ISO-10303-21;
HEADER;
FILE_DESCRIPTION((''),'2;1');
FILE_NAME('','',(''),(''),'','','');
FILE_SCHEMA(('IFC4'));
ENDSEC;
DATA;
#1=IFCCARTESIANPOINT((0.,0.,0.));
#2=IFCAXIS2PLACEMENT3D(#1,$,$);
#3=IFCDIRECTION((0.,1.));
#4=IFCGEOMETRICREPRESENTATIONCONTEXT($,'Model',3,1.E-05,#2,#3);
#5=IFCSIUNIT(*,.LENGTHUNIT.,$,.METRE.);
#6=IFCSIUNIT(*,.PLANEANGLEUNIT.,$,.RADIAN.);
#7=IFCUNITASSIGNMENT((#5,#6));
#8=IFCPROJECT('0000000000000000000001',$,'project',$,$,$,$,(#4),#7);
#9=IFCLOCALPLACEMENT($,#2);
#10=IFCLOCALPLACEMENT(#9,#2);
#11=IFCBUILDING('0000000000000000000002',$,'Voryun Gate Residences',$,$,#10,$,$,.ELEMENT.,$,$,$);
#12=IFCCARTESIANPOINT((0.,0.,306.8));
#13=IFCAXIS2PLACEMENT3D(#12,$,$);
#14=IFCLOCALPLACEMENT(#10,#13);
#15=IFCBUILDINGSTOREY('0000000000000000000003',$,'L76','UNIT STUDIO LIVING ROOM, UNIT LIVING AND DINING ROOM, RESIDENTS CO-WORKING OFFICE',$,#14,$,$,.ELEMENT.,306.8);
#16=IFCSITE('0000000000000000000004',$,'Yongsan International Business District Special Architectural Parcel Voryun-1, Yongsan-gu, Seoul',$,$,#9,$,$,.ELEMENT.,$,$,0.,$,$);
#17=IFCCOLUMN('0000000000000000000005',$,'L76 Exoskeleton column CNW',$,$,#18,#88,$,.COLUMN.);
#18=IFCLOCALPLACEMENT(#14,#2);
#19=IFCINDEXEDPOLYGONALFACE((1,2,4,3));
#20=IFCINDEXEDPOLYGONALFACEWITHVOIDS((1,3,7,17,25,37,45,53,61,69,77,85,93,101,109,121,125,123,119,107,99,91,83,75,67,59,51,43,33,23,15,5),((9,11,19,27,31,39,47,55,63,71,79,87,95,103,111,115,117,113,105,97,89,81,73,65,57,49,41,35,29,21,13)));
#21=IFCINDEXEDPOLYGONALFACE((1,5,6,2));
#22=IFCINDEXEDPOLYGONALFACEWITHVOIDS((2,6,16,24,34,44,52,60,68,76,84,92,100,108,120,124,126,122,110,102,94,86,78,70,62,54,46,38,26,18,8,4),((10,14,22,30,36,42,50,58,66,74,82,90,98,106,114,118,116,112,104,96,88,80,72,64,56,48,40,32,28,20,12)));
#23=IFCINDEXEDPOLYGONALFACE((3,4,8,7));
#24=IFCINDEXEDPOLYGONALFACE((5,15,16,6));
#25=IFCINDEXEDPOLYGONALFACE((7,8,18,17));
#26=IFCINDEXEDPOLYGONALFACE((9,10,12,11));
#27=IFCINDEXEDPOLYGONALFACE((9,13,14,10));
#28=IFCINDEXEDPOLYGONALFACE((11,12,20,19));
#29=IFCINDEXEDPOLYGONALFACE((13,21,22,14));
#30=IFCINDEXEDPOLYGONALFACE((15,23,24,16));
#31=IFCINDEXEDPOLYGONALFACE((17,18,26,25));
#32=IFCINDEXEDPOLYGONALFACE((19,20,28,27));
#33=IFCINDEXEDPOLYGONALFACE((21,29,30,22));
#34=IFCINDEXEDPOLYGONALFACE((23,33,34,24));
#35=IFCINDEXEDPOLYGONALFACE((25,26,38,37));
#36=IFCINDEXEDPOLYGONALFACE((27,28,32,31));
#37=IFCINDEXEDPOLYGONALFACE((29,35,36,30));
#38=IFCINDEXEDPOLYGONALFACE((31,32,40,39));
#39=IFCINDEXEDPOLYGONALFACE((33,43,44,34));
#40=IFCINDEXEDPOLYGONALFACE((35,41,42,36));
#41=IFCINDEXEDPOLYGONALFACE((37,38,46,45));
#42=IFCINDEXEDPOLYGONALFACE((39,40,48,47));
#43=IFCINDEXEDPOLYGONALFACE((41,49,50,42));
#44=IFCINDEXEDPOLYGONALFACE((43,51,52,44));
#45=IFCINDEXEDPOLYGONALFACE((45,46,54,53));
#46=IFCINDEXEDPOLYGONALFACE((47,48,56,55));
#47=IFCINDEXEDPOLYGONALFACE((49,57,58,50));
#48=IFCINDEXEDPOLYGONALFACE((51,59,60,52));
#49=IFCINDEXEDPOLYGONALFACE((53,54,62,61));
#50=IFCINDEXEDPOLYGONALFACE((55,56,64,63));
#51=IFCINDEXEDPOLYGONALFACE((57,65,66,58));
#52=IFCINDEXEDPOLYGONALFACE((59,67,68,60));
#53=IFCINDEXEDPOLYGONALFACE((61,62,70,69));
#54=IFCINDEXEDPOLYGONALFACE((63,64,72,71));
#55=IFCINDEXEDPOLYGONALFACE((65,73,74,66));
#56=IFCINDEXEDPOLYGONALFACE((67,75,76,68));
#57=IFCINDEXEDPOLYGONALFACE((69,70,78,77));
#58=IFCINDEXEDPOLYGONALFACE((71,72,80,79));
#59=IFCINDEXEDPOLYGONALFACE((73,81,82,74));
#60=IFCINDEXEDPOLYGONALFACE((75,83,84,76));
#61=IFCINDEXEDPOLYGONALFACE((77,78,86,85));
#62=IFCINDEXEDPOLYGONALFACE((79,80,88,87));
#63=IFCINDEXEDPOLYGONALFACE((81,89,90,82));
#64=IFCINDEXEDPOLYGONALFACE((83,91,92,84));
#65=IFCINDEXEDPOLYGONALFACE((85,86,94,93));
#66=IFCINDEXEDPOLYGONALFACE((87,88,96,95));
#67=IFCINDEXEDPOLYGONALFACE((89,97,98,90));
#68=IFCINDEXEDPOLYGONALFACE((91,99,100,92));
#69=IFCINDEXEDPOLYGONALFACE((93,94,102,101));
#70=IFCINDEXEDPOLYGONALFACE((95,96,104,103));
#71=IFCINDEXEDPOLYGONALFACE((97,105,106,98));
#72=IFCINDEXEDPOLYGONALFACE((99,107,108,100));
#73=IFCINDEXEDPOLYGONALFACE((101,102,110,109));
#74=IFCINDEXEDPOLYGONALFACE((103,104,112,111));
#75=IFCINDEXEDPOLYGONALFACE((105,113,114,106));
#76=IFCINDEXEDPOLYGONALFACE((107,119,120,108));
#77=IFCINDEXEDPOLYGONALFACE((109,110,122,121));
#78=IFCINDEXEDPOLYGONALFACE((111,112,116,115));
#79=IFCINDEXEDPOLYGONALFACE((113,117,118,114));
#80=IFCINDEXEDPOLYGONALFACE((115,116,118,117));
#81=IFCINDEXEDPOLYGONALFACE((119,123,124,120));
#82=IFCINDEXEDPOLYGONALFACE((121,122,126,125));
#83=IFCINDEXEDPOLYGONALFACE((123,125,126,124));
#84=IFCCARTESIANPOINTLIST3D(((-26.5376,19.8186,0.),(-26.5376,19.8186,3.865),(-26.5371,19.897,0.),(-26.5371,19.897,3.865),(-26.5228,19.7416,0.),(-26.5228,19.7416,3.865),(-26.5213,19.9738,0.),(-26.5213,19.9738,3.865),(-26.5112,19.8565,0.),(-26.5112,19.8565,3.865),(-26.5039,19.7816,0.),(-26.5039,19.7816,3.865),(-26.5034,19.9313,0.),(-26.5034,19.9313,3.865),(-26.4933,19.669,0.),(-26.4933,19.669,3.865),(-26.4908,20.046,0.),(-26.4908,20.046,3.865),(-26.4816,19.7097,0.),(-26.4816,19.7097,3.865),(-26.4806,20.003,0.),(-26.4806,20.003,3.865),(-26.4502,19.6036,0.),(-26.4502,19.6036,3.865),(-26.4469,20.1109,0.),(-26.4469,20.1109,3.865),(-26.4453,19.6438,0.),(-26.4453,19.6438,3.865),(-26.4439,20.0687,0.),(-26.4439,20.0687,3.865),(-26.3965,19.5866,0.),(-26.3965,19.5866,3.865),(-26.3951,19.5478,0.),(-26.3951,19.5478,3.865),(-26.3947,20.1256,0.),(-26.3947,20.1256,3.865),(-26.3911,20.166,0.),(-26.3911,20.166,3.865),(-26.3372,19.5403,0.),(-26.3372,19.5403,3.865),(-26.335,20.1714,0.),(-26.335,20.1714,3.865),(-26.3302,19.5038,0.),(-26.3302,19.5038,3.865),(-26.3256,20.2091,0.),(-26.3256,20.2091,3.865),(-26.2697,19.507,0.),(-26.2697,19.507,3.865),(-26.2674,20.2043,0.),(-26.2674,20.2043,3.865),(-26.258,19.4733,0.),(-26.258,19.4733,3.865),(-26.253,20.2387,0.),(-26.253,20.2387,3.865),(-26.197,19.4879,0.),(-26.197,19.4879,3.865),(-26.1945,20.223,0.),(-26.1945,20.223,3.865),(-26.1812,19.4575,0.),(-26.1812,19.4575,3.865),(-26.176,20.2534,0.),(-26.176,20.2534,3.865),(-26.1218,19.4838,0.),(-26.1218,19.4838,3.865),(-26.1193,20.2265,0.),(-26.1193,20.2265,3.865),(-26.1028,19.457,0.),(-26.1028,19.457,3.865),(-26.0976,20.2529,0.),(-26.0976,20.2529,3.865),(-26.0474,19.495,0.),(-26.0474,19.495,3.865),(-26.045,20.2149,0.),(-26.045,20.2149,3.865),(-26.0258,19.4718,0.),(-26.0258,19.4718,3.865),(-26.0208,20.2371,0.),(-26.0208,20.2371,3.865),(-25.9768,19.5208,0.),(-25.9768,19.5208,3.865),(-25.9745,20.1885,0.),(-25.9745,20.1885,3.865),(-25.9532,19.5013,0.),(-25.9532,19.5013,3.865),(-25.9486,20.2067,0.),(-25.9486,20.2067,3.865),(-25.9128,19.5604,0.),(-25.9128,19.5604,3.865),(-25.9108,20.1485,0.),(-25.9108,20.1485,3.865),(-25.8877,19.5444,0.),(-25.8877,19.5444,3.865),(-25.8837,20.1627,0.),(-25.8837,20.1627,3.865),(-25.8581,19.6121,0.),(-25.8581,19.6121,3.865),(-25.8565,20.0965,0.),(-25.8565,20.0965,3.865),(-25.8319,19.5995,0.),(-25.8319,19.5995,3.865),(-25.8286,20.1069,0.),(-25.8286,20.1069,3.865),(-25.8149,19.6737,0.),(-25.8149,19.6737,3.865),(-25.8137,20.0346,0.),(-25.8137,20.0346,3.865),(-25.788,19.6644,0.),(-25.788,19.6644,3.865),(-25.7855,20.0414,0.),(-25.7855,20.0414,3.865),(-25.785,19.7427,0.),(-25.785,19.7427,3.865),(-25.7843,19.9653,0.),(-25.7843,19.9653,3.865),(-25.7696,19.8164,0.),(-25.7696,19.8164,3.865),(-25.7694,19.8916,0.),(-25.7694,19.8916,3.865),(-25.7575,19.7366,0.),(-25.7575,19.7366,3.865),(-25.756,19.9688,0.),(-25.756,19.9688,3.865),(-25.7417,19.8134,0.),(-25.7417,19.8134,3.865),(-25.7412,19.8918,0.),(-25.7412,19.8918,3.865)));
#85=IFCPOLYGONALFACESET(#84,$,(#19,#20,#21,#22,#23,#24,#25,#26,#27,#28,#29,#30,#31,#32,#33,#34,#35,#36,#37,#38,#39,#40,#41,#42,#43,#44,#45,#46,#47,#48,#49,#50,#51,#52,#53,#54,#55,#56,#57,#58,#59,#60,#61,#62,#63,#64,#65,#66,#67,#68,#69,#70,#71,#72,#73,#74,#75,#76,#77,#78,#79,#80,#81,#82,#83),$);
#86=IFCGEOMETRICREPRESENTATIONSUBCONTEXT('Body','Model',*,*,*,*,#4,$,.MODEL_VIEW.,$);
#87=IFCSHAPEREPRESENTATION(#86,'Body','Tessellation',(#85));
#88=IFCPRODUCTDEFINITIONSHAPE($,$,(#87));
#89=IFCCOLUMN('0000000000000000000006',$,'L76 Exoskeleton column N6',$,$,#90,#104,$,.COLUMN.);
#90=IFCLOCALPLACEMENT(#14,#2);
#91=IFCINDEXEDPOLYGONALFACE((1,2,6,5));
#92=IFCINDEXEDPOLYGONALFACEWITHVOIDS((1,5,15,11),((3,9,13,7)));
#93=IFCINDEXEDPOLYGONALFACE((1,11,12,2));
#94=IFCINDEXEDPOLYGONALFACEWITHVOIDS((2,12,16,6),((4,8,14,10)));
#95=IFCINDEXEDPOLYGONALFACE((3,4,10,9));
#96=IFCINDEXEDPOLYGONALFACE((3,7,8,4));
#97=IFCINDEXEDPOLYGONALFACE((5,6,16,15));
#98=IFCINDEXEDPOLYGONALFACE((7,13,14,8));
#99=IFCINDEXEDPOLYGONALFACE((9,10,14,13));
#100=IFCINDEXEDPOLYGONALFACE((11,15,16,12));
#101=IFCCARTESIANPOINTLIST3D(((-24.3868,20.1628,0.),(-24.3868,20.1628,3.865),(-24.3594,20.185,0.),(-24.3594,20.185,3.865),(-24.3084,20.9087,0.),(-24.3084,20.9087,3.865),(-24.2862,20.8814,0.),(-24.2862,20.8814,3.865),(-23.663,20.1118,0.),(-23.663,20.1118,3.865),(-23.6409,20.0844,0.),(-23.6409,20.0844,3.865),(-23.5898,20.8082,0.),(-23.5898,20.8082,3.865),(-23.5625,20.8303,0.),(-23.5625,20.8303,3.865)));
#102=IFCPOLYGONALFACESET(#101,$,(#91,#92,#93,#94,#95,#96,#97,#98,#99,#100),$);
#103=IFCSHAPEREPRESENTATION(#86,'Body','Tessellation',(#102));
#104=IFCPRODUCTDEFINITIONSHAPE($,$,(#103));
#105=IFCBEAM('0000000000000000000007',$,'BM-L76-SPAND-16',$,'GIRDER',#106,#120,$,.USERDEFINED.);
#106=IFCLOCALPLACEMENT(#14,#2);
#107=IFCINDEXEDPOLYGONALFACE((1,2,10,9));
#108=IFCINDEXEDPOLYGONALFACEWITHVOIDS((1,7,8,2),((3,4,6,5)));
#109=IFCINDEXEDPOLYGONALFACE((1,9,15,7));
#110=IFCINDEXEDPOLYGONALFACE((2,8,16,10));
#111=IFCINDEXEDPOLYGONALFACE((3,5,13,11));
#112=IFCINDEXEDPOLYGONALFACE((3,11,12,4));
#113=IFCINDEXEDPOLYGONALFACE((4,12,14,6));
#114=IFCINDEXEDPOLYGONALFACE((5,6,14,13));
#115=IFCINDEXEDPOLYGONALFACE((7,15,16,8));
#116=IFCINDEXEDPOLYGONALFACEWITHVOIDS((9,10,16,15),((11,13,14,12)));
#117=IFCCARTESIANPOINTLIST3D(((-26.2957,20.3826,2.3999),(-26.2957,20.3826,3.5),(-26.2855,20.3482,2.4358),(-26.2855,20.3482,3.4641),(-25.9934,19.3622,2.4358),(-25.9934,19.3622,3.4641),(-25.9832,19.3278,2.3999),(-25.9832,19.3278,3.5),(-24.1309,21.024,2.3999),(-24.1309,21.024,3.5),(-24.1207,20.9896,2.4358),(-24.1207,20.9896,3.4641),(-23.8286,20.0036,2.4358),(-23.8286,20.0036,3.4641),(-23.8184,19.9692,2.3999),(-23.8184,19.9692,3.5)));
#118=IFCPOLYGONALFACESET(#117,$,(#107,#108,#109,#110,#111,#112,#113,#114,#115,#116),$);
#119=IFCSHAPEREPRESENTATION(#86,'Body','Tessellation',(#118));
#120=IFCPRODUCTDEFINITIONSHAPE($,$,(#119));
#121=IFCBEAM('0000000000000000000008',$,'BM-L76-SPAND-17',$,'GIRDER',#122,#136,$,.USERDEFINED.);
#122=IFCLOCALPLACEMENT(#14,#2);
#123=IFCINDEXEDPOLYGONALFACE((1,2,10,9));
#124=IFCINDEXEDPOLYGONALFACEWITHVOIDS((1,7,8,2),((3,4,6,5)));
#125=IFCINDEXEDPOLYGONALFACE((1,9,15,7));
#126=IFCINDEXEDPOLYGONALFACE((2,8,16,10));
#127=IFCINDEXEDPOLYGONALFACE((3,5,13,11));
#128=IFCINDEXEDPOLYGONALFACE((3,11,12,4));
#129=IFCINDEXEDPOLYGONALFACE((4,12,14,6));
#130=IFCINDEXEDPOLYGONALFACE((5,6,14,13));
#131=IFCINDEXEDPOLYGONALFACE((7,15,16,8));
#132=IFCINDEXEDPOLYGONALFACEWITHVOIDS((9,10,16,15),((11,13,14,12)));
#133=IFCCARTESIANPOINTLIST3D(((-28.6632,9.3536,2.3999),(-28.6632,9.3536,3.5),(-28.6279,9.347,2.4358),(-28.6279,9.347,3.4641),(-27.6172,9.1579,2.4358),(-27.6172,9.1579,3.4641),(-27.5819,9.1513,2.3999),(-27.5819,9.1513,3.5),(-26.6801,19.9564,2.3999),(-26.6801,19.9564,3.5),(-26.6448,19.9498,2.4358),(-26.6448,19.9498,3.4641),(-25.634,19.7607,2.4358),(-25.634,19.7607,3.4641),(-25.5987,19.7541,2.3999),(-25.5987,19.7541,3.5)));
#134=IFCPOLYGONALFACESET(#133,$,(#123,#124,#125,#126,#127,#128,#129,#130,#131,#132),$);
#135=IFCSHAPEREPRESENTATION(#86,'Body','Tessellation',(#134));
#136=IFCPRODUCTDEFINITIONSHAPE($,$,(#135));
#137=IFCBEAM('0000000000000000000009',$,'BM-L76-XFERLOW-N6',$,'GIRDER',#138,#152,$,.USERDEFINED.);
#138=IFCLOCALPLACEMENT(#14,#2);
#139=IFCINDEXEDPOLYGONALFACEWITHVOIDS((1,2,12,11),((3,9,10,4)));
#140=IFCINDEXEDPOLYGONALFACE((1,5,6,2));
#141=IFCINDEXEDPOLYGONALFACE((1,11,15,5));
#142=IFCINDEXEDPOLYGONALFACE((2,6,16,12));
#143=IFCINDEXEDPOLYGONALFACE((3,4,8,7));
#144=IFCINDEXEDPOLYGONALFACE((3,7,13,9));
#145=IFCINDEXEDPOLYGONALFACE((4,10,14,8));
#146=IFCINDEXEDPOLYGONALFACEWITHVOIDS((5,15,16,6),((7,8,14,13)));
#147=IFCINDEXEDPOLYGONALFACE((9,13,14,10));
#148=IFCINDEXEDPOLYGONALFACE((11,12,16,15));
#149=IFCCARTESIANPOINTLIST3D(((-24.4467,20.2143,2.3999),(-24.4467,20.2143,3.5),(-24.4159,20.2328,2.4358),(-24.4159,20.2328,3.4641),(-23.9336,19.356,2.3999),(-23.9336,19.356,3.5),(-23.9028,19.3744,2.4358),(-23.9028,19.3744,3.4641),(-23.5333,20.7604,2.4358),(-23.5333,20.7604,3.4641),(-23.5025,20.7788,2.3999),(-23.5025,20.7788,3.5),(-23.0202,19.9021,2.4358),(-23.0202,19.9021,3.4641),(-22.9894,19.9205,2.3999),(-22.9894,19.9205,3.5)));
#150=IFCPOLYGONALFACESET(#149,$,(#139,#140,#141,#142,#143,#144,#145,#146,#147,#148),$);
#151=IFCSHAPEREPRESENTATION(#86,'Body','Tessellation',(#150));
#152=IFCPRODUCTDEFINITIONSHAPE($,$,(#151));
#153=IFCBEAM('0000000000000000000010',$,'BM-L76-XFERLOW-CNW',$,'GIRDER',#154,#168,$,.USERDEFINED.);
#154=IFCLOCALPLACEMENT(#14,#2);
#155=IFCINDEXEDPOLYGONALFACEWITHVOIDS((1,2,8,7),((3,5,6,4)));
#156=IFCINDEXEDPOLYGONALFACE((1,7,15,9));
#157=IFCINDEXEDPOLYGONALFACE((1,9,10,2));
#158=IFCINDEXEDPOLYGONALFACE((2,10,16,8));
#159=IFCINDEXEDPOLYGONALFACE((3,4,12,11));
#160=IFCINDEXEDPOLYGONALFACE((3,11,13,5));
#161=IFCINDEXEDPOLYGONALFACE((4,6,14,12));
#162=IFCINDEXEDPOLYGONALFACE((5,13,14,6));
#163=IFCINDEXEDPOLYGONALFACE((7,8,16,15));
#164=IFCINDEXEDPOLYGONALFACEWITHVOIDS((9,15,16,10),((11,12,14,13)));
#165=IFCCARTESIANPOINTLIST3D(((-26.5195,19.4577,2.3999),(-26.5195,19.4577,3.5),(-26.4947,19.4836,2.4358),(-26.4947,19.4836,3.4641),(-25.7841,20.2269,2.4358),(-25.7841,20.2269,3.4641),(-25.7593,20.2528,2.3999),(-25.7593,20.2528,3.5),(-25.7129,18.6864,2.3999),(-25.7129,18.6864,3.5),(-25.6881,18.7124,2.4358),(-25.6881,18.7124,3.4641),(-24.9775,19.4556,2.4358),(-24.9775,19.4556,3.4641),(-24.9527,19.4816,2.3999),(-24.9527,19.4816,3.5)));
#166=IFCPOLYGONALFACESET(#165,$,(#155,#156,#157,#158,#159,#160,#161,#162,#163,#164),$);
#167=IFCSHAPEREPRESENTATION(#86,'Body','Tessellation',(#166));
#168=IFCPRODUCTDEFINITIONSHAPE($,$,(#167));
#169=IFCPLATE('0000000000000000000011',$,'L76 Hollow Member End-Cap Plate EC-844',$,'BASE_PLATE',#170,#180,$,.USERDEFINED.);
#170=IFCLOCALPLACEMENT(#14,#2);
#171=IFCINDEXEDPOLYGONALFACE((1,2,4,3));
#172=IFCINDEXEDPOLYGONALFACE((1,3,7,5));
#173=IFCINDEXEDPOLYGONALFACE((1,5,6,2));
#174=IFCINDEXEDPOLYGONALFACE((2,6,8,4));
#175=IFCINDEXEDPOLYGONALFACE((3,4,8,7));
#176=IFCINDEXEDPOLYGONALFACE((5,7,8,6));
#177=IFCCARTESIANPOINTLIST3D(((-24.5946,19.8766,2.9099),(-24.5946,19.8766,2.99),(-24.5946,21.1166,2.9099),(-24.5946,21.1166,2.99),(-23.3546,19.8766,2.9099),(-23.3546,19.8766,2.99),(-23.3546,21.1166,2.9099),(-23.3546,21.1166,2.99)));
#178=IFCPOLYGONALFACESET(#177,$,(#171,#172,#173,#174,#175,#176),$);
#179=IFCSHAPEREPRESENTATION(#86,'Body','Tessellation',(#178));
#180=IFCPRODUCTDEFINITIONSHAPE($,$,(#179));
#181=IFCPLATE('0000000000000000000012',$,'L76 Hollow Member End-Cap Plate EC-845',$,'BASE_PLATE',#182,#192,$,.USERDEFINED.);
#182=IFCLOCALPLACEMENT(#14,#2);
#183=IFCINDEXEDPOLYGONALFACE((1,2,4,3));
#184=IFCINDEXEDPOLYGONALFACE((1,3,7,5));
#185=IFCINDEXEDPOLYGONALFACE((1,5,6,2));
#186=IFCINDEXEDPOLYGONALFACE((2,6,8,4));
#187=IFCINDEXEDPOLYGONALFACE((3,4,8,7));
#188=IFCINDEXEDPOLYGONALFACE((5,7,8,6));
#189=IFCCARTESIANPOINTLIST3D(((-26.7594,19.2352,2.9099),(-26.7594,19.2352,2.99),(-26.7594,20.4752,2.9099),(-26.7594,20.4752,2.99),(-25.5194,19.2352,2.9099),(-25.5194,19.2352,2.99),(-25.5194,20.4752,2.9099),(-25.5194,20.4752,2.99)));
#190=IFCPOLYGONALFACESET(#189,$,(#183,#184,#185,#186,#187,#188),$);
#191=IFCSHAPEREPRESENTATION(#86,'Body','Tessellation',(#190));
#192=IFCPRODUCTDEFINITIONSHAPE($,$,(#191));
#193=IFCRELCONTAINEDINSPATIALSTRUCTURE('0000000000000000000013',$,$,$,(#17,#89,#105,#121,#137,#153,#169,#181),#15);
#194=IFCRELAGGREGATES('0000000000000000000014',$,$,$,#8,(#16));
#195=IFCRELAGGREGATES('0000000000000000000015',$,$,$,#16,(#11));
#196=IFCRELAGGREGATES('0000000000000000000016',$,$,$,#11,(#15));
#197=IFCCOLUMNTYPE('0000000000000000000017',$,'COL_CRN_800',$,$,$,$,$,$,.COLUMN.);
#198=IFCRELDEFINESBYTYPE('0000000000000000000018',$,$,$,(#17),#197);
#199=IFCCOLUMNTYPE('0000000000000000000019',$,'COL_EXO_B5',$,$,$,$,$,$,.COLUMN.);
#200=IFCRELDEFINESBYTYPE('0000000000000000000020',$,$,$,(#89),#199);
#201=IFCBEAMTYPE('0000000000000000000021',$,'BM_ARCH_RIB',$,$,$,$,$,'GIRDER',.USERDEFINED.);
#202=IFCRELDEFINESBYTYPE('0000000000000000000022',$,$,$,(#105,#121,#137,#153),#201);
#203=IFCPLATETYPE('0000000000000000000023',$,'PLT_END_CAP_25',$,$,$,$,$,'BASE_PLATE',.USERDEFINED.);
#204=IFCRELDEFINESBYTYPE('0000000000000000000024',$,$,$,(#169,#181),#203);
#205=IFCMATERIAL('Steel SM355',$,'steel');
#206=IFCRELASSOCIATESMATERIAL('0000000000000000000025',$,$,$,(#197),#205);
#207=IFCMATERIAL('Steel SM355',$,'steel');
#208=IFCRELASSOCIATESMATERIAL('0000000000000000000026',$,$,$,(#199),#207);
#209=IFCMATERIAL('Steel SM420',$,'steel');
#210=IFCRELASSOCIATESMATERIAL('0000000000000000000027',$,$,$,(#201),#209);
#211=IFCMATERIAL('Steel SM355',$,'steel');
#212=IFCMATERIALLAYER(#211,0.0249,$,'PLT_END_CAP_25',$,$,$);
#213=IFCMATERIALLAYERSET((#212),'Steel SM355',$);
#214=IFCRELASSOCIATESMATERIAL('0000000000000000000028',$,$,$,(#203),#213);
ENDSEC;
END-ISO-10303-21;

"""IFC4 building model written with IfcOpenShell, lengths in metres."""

from ifc_helpers import new_model, si_unit, direction, frame, origin, origin_2d, place, context, subcontext, project, spatial, rectangle, hollow_rectangle, hollow_circle, extrude, material, layer, layer_set, material_profile, profile_set, type_object, element, save


model = new_model("IFC4")

# Units and contexts
model_context = context("Model", 3, precision=1e-05, world=origin(), true_north=direction((0.0, 1.0)))
body_context = subcontext(model_context, "Body", "Model", "MODEL_VIEW")
ifc_project = project(units=[si_unit("LENGTHUNIT", "METRE"), si_unit("PLANEANGLEUNIT", "RADIAN")], contexts=[model_context])

# Site, building, storey
site_placement = place(None, origin())
site = spatial("IfcSite", under=ifc_project, at=site_placement, Name="Yongsan International Business District Special Architectural Parcel Voryun-1, Yongsan-gu, Seoul", CompositionType="ELEMENT", RefElevation=0.0)
building_placement = place(site_placement, origin())
building = spatial("IfcBuilding", under=site, at=building_placement, Name="Voryun Gate Residences", CompositionType="ELEMENT")
storey_placement = place(building_placement, frame((0.0, 0.0, 306.8)))
storey = spatial("IfcBuildingStorey", under=building, at=storey_placement, Name="L76", Description="UNIT STUDIO LIVING ROOM, UNIT LIVING AND DINING ROOM, RESIDENTS CO-WORKING OFFICE", CompositionType="ELEMENT", Elevation=306.8)

# Columns
ifc_material_1 = material(Name="Steel SM355", Category="steel")
ifc_material_profile_1 = material_profile(ifc_material_1, hollow_circle(Radius=0.3999, WallThickness=0.0281, at=origin_2d()), Name="CHS-800x28")
ifc_profile_set_1 = profile_set([ifc_material_profile_1], Name="Steel SM355")
column_type_1 = type_object("IfcColumnType", Name="COL_CRN_800", PredefinedType="COLUMN", material=ifc_profile_set_1)
column_1_placement = place(storey_placement, frame((-26.1394, 19.8552, 0.0), z_axis=(0.0, 0.0, 1.0), x_axis=(0.994522, -0.104528, 0.0)))
element("IfcColumn", 1, at=column_1_placement, inside=storey, type_object=column_type_1, Name="L76 Exoskeleton column CNW", PredefinedType="COLUMN", context=body_context, shape_type="SweptSolid", body=[
    extrude(hollow_circle(Radius=0.3999, WallThickness=0.0281, at=origin_2d()), origin(), (0.0, 0.0, 1.0), 3.865),
])
ifc_material_2 = material(Name="Steel SM355", Category="steel")
ifc_material_profile_2 = material_profile(ifc_material_2, hollow_rectangle(XDim=0.75, YDim=0.75, WallThickness=0.0249, at=origin_2d()), Name="BOX-750x750x25")
ifc_profile_set_2 = profile_set([ifc_material_profile_2], Name="Steel SM355")
column_type_2 = type_object("IfcColumnType", Name="COL_EXO_B5", PredefinedType="COLUMN", material=ifc_profile_set_2)
column_2_placement = place(storey_placement, frame((-23.9746, 20.4966, 0.0), z_axis=(0.0, 0.0, 1.0), x_axis=(0.994522, -0.104528, 0.0)))
element("IfcColumn", 2, at=column_2_placement, inside=storey, type_object=column_type_2, Name="L76 Exoskeleton column N6", PredefinedType="COLUMN", context=body_context, shape_type="SweptSolid", body=[
    extrude(hollow_rectangle(XDim=0.75, YDim=0.75, WallThickness=0.0249, at=origin_2d()), origin(), (0.0, 0.0, 1.0), 3.865),
])

# Beams
ifc_material_3 = material(Name="Steel SM420", Category="steel")
ifc_material_profile_3 = material_profile(ifc_material_3, hollow_rectangle(XDim=1.1001, YDim=1.1001, WallThickness=0.0359, at=origin_2d()), Name="BOX-1100x1100x36")
ifc_profile_set_3 = profile_set([ifc_material_profile_3], Name="Steel SM420")
beam_type = type_object("IfcBeamType", Name="BM_ARCH_RIB", ElementType="GIRDER", PredefinedType="USERDEFINED", material=ifc_profile_set_3)
beam_1_placement = place(storey_placement, frame((-23.9746, 20.4966, 2.95), z_axis=(-0.958806, -0.284063, 0.0), x_axis=(0.284063, -0.958806, 0.0)))
element("IfcBeam", 3, at=beam_1_placement, inside=storey, type_object=beam_type, Name="BM-L76-SPAND-16", ObjectType="GIRDER", PredefinedType="USERDEFINED", context=body_context, shape_type="SweptSolid", body=[
    extrude(hollow_rectangle(XDim=1.1001, YDim=1.1001, WallThickness=0.0359, at=origin_2d()), origin(), (0.0, 0.0, 1.0), 2.2578),
])
beam_2_placement = place(storey_placement, frame((-26.1394, 19.8552, 2.95), z_axis=(-0.183853, -0.982954, 0.0), x_axis=(0.982954, -0.183853, 0.0)))
element("IfcBeam", 4, at=beam_2_placement, inside=storey, type_object=beam_type, Name="BM-L76-SPAND-17", ObjectType="GIRDER", PredefinedType="USERDEFINED", context=body_context, shape_type="SweptSolid", body=[
    extrude(hollow_rectangle(XDim=1.1001, YDim=1.1001, WallThickness=0.0359, at=origin_2d()), origin(), (0.0, 0.0, 1.0), 10.7866),
])
beam_3_placement = place(storey_placement, frame((-23.9746, 20.4966, 2.95), z_axis=(0.513131, -0.85831, 0.0), x_axis=(0.85831, 0.513131, 0.0)))
element("IfcBeam", 5, at=beam_3_placement, inside=storey, type_object=beam_type, Name="BM-L76-XFERLOW-N6", ObjectType="GIRDER", PredefinedType="USERDEFINED", context=body_context, shape_type="SweptSolid", body=[
    extrude(hollow_rectangle(XDim=1.1001, YDim=1.1001, WallThickness=0.0359, at=origin_2d()), origin(), (0.0, 0.0, 1.0), 1.0),
])
beam_4_placement = place(storey_placement, frame((-26.1394, 19.8552, 2.95), z_axis=(0.722789, -0.691069, 0.0), x_axis=(0.691069, 0.722789, 0.0)))
element("IfcBeam", 6, at=beam_4_placement, inside=storey, type_object=beam_type, Name="BM-L76-XFERLOW-CNW", ObjectType="GIRDER", PredefinedType="USERDEFINED", context=body_context, shape_type="SweptSolid", body=[
    extrude(hollow_rectangle(XDim=1.1001, YDim=1.1001, WallThickness=0.0359, at=origin_2d()), origin(), (0.0, 0.0, 1.0), 1.116),
])

# Plates
ifc_material_4 = material(Name="Steel SM355", Category="steel")
ifc_layer_1 = layer(ifc_material_4, 0.0249, Name="PLT_END_CAP_25")
ifc_layer_set_1 = layer_set([ifc_layer_1], Name="Steel SM355")
plate_type = type_object("IfcPlateType", Name="PLT_END_CAP_25", ElementType="BASE_PLATE", PredefinedType="USERDEFINED", material=ifc_layer_set_1)
for number, where, z_axis, x_axis, name in (
    (7, (-23.9746, 20.4966, 2.9099), (0.0, 0.0, 1.0), (1.0, 0.0, 0.0), "L76 Hollow Member End-Cap Plate EC-844"),
    (8, (-26.1394, 19.8552, 2.9099), (0.0, 0.0, 1.0), (1.0, 0.0, 0.0), "L76 Hollow Member End-Cap Plate EC-845"),
):
    element("IfcPlate", number, at=place(storey_placement, frame(where, z_axis=z_axis, x_axis=x_axis)), inside=storey, type_object=plate_type, Name=name, ObjectType="BASE_PLATE", PredefinedType="USERDEFINED", context=body_context, shape_type="SweptSolid", body=[
        extrude(rectangle(XDim=1.24, YDim=1.24, at=origin_2d()), origin(), (0.0, 0.0, 1.0), 0.0801),
    ])

save(model, "model.ifc")
